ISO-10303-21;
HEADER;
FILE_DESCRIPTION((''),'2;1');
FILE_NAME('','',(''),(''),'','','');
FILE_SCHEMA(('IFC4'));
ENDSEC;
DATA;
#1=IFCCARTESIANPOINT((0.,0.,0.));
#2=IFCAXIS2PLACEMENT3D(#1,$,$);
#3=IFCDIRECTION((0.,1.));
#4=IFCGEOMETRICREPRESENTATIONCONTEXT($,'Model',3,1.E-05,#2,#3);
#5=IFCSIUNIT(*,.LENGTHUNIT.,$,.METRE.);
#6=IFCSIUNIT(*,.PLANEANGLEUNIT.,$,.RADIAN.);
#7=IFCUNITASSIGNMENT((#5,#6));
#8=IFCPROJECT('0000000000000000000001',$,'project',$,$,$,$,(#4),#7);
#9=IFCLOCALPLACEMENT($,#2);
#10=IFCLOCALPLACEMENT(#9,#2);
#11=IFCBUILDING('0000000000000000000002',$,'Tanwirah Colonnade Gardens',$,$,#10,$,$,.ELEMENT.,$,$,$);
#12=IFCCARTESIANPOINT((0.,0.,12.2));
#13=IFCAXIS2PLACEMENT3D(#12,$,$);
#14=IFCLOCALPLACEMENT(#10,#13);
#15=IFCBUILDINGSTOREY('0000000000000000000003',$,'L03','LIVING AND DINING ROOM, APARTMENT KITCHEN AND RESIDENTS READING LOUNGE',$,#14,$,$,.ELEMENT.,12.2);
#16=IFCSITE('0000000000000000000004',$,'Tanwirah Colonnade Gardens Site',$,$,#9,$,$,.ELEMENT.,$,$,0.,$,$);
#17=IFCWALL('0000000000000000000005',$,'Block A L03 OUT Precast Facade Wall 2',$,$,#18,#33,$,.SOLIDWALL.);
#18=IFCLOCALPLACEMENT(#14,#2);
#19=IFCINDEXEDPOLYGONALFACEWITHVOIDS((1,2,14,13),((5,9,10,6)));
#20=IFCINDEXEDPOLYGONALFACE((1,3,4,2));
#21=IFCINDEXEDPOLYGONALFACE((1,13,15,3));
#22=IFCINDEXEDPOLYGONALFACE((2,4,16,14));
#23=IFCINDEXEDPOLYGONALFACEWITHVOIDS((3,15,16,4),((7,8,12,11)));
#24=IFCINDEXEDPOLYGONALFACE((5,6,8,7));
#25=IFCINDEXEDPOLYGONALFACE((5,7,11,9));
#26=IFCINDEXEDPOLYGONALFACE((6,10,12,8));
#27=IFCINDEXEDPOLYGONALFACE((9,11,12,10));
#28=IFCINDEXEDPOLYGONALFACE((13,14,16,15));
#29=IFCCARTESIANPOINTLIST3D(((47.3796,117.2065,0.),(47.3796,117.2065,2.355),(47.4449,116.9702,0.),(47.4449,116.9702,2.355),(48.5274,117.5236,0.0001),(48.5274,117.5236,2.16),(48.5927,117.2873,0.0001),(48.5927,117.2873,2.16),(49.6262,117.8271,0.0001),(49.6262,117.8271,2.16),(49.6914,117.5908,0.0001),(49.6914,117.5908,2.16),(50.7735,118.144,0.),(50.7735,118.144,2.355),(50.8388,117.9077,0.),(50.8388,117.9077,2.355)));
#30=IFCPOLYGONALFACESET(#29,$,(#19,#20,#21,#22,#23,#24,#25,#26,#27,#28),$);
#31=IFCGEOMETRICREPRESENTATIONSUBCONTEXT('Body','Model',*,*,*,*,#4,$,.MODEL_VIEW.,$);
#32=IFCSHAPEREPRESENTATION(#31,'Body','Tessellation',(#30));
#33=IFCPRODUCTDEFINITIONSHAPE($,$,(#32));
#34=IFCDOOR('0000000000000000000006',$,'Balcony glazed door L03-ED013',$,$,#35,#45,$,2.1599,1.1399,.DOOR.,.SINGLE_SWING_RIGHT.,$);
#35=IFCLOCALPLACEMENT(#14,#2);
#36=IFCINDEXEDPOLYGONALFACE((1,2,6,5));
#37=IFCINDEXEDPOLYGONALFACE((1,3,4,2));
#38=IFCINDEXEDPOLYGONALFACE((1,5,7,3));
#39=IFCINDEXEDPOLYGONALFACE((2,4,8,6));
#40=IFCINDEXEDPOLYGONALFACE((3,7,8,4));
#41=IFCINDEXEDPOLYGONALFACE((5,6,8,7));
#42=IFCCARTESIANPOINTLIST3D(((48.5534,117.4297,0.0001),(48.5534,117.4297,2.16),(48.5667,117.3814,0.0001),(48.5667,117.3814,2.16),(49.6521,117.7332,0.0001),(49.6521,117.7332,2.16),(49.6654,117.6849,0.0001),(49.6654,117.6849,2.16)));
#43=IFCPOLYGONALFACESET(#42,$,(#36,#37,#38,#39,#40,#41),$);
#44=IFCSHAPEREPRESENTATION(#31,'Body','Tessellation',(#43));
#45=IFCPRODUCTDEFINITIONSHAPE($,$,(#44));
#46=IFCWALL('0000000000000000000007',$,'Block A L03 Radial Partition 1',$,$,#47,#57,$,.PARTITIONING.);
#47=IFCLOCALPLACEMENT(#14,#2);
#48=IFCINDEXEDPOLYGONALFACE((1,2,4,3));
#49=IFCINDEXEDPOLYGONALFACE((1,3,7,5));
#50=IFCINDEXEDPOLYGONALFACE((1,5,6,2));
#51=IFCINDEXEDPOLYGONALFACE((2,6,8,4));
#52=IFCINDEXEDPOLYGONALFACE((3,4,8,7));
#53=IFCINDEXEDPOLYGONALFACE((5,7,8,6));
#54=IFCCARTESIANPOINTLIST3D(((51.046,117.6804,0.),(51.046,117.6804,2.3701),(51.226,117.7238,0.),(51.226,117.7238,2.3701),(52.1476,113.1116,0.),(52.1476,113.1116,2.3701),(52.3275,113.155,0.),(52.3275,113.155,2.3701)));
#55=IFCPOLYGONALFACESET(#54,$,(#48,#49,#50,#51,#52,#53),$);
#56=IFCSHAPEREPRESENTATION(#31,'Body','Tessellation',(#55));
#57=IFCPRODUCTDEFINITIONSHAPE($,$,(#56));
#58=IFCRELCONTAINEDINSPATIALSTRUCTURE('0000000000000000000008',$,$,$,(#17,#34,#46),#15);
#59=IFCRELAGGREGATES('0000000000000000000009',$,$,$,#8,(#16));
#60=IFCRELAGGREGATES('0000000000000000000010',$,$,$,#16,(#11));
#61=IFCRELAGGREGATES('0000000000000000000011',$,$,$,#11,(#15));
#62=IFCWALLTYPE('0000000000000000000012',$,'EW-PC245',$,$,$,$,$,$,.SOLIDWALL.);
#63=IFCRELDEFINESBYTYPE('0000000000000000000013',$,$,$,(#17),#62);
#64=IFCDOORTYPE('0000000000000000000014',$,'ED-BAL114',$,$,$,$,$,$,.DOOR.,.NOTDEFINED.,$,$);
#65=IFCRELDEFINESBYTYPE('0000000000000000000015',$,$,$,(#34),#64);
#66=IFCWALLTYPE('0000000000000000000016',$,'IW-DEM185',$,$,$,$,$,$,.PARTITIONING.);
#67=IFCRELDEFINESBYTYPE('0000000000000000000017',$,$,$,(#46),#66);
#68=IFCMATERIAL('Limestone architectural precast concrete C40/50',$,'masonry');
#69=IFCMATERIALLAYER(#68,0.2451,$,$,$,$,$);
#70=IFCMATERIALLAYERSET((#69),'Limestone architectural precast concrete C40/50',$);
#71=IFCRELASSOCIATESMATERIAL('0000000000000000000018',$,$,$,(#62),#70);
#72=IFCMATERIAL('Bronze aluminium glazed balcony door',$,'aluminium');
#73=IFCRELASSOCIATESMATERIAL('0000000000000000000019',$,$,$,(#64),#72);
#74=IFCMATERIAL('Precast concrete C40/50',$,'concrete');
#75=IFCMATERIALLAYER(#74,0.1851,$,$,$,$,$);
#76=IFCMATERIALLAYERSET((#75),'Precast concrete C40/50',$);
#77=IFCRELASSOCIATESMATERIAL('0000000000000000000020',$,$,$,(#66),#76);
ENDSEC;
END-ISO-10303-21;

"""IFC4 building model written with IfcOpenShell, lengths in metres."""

from ifc_helpers import new_model, si_unit, direction, frame, frame_2d, origin, place, context, subcontext, project, spatial, rectangle, extrude, material, layer, layer_set, type_object, element, fill, save


model = new_model("IFC4")

# Units and contexts
model_context = context("Model", 3, precision=1e-05, world=origin(), true_north=direction((0.0, 1.0)))
body_context = subcontext(model_context, "Body", "Model", "MODEL_VIEW")
ifc_project = project(units=[si_unit("LENGTHUNIT", "METRE"), si_unit("PLANEANGLEUNIT", "RADIAN")], contexts=[model_context])

# Site, building, storey
site_placement = place(None, origin())
site = spatial("IfcSite", under=ifc_project, at=site_placement, Name="Tanwirah Colonnade Gardens Site", CompositionType="ELEMENT", RefElevation=0.0)
building_placement = place(site_placement, origin())
building = spatial("IfcBuilding", under=site, at=building_placement, Name="Tanwirah Colonnade Gardens", CompositionType="ELEMENT")
storey_placement = place(building_placement, frame((0.0, 0.0, 12.2)))
storey = spatial("IfcBuildingStorey", under=building, at=storey_placement, Name="L03", Description="LIVING AND DINING ROOM, APARTMENT KITCHEN AND RESIDENTS READING LOUNGE", CompositionType="ELEMENT", Elevation=12.2)

# Shared definitions
ifc_material_1 = material(Name="Precast concrete C40/50", Category="concrete")

# Wall, opening, door
ifc_material_2 = material(Name="Limestone architectural precast concrete C40/50", Category="masonry")
ifc_layer_1 = layer(ifc_material_2, 0.2451)
ifc_layer_set_1 = layer_set([ifc_layer_1], Name="Limestone architectural precast concrete C40/50")
wall_type_1 = type_object("IfcWallType", Name="EW-PC245", PredefinedType="SOLIDWALL", material=ifc_layer_set_1)
wall_1_placement = place(storey_placement, frame((50.8062, 118.0259, 0.0), z_axis=(0.0, 0.0, 1.0), x_axis=(-0.963899, -0.266267, 0.0)))
wall_1 = element("IfcWall", 1, at=wall_1_placement, inside=storey, type_object=wall_type_1, Name="Block A L03 OUT Precast Facade Wall 2", PredefinedType="SOLIDWALL", context=body_context, shape_type="SweptSolid", body=[
    extrude(rectangle(XDim=3.521, YDim=0.2451, at=frame_2d((1.7605, 0.0))), origin(), (0.0, 0.0, 1.0), 2.355),
])
opening_1_placement = place(wall_1_placement, frame((1.1904, 0.0, 0.0)))
opening_1 = element("IfcOpeningElement", 2, at=opening_1_placement, cuts=wall_1, PredefinedType="OPENING", context=body_context, shape_type="SweptSolid", body=[
    extrude(rectangle(XDim=1.1399, YDim=2.1599, at=frame_2d((0.5698, 1.0801))), frame((0.0, 0.1326, 0.0), z_axis=(0.0, -1.0, 0.0), x_axis=(1.0, 0.0, 0.0)), (0.0, 0.0, 1.0), 0.2651),
])
ifc_material_3 = material(Name="Bronze aluminium glazed balcony door", Category="aluminium")
door_type_1 = type_object("IfcDoorType", Name="ED-BAL114", OperationType="NOTDEFINED", PredefinedType="DOOR", material=ifc_material_3)
door_1_placement = place(opening_1_placement, origin())
door_1 = element("IfcDoor", 3, at=door_1_placement, inside=storey, type_object=door_type_1, Name="Balcony glazed door L03-ED013", OperationType="SINGLE_SWING_RIGHT", OverallHeight=2.1599, OverallWidth=1.1399, PredefinedType="DOOR", context=body_context, shape_type="SweptSolid", body=[
    extrude(rectangle(XDim=1.1399, YDim=2.1599, at=frame_2d((0.5698, 1.0801))), frame((0.0, 0.0249, 0.0), z_axis=(0.0, -1.0, 0.0), x_axis=(1.0, 0.0, 0.0)), (0.0, 0.0, 1.0), 0.05),
])
fill(opening_1, door_1)

# Wall
ifc_layer_2 = layer(ifc_material_1, 0.1851)
ifc_layer_set_2 = layer_set([ifc_layer_2], Name="Precast concrete C40/50")
wall_type_2 = type_object("IfcWallType", Name="IW-DEM185", PredefinedType="PARTITIONING", material=ifc_layer_set_2)
wall_2_placement = place(storey_placement, frame((52.2375, 113.1333, 0.0), z_axis=(0.0, 0.0, 1.0), x_axis=(-0.234387, 0.972143, 0.0)))
element("IfcWall", 4, at=wall_2_placement, inside=storey, type_object=wall_type_2, Name="Block A L03 Radial Partition 1", PredefinedType="PARTITIONING", context=body_context, shape_type="SweptSolid", body=[
    extrude(rectangle(XDim=4.6997, YDim=0.1851, at=frame_2d((2.3499, 0.0))), origin(), (0.0, 0.0, 1.0), 2.3701),
])

save(model, "model.ifc")
